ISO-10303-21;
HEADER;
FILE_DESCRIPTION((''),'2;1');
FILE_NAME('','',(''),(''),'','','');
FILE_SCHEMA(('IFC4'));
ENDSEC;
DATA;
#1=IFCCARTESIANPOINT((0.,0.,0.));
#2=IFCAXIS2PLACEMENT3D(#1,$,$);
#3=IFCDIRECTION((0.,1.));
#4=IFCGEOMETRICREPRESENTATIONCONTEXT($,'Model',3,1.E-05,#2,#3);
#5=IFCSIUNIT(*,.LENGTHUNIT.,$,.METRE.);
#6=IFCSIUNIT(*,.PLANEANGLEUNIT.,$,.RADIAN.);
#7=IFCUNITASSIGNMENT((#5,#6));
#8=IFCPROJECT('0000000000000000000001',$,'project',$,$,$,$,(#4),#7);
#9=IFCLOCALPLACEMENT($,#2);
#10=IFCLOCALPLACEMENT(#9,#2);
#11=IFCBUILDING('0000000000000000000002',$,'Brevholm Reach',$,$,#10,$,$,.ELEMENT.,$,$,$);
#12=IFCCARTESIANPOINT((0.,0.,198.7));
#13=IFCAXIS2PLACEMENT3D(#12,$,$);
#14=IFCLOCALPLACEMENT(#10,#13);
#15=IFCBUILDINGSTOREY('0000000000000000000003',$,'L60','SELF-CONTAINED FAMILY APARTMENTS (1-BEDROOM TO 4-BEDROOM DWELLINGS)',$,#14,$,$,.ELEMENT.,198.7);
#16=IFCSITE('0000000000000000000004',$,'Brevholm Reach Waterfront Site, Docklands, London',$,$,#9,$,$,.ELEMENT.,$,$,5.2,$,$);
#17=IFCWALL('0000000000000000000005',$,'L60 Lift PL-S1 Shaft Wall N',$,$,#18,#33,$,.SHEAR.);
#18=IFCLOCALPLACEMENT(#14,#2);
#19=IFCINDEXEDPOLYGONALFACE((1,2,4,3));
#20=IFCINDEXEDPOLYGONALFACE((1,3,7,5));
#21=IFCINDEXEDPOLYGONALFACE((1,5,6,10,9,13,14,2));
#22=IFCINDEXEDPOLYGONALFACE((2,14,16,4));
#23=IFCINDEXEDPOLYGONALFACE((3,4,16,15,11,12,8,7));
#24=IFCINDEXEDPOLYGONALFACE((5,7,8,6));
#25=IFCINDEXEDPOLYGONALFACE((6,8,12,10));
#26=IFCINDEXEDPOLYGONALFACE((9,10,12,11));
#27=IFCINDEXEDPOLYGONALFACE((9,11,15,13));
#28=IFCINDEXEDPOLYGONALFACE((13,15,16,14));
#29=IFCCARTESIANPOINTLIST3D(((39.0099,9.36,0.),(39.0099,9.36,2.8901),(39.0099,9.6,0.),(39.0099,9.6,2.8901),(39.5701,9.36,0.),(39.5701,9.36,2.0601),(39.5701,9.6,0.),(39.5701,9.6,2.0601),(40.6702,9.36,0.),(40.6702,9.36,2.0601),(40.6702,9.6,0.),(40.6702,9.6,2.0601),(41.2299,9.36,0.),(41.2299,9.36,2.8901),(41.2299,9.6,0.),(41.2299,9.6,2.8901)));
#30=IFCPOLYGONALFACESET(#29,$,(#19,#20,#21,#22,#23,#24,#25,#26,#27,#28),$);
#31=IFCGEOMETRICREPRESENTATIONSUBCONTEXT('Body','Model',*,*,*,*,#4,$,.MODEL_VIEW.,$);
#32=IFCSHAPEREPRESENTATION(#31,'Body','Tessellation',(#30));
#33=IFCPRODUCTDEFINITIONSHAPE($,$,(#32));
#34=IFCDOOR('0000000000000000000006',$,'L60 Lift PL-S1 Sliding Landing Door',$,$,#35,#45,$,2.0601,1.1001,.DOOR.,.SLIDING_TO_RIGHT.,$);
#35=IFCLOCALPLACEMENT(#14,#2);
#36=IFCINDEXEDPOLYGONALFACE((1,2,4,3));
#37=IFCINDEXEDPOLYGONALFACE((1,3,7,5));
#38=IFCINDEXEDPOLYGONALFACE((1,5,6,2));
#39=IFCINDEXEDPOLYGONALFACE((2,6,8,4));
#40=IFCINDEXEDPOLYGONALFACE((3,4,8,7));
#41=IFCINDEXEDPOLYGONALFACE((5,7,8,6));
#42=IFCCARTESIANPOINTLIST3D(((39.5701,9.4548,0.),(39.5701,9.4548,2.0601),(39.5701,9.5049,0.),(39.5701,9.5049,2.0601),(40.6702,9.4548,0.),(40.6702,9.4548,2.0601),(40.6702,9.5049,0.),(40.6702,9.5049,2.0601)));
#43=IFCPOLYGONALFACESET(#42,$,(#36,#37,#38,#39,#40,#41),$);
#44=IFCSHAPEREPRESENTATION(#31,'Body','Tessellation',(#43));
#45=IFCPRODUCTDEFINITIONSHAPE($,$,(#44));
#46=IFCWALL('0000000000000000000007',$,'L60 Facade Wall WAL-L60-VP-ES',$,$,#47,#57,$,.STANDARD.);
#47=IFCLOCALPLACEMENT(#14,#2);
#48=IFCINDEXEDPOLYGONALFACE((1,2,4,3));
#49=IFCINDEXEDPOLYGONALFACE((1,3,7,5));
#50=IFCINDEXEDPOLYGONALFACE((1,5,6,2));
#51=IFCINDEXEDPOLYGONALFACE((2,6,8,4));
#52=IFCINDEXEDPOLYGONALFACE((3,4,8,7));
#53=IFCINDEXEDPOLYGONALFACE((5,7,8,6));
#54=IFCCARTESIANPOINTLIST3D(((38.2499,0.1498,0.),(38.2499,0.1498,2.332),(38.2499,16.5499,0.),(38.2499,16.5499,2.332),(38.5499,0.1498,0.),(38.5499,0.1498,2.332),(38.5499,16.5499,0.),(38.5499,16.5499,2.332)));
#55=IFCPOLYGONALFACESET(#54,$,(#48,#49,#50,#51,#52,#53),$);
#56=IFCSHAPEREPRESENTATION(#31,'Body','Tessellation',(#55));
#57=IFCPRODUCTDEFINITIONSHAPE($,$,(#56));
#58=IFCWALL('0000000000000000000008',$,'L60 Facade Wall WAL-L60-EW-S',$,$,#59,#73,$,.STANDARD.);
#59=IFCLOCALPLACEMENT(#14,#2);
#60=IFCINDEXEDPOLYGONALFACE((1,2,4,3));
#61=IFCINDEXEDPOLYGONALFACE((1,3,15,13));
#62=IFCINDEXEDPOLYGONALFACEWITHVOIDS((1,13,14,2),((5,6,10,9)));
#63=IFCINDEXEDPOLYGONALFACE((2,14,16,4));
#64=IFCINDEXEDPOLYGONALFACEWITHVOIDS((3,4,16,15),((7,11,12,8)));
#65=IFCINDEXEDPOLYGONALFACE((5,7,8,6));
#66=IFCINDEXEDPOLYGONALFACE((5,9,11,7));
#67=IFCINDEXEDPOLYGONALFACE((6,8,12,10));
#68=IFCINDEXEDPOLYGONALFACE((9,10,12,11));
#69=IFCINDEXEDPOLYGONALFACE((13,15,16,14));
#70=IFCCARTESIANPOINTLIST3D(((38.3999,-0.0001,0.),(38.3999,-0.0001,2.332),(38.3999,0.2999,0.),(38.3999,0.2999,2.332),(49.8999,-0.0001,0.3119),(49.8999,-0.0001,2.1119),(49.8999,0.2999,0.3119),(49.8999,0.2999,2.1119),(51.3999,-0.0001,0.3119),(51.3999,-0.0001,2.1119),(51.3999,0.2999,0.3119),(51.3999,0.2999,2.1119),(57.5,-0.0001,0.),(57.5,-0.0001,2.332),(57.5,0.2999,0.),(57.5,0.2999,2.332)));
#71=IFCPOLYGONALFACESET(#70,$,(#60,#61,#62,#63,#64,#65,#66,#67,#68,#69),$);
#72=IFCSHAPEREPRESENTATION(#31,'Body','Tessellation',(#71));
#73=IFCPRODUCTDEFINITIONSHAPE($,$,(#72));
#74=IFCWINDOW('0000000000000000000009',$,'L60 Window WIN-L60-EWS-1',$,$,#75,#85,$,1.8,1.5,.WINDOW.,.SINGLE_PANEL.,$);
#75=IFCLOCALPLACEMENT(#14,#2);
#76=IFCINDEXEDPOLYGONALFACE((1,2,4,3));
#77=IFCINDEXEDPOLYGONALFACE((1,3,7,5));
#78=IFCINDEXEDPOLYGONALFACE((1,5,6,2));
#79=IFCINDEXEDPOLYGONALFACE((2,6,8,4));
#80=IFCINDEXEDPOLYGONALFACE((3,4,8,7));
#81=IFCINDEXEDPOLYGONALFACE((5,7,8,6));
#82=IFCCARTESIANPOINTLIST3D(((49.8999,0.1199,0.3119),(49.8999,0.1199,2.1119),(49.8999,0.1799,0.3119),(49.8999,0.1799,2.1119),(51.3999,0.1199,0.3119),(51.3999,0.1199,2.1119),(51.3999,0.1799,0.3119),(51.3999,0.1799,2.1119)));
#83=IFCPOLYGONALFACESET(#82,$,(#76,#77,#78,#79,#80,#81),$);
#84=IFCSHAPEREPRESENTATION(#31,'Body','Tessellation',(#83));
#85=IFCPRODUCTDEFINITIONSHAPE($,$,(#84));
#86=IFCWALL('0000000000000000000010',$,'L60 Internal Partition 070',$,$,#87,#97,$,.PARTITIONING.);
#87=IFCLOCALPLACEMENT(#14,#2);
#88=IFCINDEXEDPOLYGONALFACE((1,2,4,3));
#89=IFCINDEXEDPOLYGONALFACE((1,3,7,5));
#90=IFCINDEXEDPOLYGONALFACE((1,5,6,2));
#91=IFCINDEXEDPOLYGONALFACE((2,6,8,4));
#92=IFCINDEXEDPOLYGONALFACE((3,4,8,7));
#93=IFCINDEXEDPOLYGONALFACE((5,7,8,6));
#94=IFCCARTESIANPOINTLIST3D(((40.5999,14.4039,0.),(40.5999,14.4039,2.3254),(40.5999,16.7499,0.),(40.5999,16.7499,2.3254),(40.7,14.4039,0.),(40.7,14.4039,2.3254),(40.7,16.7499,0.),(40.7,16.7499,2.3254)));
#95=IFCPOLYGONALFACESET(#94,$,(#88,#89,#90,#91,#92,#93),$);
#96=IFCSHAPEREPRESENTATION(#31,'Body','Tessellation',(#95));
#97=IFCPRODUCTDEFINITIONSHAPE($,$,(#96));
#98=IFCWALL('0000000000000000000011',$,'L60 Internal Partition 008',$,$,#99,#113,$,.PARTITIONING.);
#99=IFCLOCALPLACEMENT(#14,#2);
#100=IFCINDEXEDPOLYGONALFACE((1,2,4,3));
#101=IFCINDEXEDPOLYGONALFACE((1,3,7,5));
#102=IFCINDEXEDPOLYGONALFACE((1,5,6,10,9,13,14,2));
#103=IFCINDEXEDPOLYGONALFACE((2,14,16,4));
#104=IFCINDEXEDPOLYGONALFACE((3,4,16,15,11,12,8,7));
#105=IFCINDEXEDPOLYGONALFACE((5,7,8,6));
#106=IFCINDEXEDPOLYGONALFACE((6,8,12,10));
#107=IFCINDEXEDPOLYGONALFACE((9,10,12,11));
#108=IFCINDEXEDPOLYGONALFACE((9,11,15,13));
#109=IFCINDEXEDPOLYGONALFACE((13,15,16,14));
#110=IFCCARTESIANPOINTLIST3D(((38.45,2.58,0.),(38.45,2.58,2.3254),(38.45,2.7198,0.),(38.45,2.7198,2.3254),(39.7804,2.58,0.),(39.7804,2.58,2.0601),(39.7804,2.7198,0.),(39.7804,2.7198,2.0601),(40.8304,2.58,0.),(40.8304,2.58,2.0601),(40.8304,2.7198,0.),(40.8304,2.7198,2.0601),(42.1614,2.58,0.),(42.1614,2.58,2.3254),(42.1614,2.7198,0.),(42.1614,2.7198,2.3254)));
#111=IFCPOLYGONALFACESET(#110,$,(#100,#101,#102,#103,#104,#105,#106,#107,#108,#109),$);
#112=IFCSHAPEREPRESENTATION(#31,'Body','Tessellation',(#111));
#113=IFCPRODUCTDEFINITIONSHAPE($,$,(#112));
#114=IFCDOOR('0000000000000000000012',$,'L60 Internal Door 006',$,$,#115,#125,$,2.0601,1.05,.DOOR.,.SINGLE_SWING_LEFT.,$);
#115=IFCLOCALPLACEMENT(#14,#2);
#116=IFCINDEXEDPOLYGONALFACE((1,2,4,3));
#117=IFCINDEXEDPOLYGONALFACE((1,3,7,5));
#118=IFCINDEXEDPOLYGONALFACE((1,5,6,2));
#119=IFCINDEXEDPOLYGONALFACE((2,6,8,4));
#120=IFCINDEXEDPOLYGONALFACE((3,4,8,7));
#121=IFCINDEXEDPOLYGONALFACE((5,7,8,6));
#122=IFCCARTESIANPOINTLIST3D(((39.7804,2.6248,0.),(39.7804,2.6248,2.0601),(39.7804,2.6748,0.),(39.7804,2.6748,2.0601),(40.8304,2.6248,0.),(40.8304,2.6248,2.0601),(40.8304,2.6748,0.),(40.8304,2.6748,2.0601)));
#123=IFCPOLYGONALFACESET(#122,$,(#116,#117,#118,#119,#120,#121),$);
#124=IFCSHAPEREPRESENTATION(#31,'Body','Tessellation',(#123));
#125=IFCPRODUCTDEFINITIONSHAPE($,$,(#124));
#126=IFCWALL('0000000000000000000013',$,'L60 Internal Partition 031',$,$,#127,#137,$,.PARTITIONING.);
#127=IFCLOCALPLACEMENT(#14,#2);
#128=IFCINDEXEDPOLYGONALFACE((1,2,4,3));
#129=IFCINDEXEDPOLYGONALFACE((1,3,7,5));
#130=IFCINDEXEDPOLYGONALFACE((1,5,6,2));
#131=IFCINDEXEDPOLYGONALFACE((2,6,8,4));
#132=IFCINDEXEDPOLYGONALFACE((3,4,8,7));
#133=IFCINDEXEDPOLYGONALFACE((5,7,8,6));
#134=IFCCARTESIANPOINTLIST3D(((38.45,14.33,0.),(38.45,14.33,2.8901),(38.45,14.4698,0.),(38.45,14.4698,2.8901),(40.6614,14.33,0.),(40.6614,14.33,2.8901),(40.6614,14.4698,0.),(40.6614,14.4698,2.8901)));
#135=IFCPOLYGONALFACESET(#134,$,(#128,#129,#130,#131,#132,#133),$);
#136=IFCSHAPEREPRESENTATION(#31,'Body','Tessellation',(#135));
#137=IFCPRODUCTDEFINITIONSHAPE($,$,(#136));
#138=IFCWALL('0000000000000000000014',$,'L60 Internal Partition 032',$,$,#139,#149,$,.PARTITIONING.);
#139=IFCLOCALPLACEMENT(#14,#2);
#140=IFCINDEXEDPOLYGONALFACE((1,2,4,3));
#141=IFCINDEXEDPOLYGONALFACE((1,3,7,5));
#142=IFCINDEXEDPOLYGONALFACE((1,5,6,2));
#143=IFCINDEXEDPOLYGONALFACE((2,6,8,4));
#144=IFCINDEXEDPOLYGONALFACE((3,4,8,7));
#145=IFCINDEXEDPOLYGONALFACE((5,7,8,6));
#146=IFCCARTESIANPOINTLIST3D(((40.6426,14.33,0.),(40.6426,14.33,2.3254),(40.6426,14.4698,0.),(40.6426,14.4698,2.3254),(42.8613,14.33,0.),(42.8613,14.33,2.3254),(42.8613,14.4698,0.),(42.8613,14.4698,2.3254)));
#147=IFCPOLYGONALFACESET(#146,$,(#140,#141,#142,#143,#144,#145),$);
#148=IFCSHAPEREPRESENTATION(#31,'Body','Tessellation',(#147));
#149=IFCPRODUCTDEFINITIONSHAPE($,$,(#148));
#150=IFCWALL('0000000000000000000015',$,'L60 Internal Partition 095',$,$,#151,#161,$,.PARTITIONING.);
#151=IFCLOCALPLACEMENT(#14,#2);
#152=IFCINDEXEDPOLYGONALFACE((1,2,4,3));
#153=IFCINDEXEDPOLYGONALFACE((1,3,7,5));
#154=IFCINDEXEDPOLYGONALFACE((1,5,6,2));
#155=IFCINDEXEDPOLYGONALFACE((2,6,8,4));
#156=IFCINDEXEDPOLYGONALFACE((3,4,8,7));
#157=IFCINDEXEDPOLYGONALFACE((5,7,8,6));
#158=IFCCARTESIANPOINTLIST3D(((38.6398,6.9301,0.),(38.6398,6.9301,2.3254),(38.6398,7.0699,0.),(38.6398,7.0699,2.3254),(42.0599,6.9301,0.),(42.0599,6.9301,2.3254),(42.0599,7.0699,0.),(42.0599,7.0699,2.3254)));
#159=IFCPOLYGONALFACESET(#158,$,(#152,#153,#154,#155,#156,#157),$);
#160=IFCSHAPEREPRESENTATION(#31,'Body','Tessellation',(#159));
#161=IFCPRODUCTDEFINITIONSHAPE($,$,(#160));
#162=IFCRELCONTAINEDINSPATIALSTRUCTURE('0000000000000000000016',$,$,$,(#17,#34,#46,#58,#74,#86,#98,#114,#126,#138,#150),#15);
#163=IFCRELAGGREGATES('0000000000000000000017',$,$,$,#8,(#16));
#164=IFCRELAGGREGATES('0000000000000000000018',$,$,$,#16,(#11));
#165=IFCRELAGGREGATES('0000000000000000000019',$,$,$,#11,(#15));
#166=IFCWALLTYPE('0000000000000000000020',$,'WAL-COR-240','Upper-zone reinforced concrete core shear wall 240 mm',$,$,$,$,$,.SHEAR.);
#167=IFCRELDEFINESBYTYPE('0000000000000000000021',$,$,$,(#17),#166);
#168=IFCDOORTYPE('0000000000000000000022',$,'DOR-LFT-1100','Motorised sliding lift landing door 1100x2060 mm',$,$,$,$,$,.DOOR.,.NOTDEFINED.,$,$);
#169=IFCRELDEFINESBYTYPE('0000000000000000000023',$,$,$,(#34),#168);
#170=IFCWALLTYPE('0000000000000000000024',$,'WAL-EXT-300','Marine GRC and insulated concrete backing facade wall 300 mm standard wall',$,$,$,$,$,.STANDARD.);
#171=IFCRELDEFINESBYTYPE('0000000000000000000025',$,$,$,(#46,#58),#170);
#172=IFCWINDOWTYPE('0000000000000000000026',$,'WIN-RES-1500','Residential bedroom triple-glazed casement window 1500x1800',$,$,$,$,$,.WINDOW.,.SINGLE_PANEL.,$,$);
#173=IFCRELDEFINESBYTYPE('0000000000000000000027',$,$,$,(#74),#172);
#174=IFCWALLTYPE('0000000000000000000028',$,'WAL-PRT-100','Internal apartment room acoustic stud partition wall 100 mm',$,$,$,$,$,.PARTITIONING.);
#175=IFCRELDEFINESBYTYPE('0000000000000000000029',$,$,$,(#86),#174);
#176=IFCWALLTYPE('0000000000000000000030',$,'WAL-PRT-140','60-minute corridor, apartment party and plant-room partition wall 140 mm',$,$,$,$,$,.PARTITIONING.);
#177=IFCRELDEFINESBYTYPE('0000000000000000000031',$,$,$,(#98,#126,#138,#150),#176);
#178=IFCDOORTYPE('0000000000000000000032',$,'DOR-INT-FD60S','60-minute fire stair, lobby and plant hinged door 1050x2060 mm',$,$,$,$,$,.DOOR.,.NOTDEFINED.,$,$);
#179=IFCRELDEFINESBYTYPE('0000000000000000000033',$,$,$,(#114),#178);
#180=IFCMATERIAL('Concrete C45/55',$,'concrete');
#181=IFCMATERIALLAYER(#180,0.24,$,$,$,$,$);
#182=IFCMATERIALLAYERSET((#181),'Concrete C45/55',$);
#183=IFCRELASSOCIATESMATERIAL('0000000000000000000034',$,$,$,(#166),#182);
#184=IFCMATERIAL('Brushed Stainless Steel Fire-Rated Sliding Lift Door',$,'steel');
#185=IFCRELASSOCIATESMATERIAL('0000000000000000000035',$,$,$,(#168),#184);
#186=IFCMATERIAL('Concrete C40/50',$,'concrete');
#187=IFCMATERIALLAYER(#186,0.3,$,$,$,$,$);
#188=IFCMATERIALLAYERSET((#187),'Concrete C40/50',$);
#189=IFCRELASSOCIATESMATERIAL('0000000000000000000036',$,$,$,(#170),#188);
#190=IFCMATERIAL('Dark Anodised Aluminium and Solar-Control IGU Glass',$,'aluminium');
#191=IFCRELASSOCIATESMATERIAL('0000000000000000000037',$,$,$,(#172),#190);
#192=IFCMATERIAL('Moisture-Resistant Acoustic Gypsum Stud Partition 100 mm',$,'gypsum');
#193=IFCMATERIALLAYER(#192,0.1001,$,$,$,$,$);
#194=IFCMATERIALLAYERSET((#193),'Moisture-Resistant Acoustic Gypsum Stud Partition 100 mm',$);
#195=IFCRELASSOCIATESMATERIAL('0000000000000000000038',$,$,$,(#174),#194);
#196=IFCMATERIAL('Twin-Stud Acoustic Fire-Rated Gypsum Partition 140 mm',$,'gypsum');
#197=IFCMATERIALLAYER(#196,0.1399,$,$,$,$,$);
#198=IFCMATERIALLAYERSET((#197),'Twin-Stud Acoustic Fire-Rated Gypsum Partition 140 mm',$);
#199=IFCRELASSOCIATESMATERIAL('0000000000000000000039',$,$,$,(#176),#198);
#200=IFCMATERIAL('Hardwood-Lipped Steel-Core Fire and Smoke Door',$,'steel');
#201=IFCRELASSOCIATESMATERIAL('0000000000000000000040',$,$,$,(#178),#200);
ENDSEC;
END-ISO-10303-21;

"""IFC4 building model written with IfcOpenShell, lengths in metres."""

from ifc_helpers import new_model, si_unit, direction, frame, frame_2d, origin, place, context, subcontext, project, spatial, rectangle, extrude, material, layer, layer_set, type_object, element, fill, save


model = new_model("IFC4")

# Units and contexts
model_context = context("Model", 3, precision=1e-05, world=origin(), true_north=direction((0.0, 1.0)))
body_context = subcontext(model_context, "Body", "Model", "MODEL_VIEW")
ifc_project = project(units=[si_unit("LENGTHUNIT", "METRE"), si_unit("PLANEANGLEUNIT", "RADIAN")], contexts=[model_context])

# Site, building, storey
site_placement = place(None, origin())
site = spatial("IfcSite", under=ifc_project, at=site_placement, Name="Brevholm Reach Waterfront Site, Docklands, London", CompositionType="ELEMENT", RefElevation=5.2)
building_placement = place(site_placement, origin())
building = spatial("IfcBuilding", under=site, at=building_placement, Name="Brevholm Reach", CompositionType="ELEMENT")
storey_placement = place(building_placement, frame((0.0, 0.0, 198.7)))
storey = spatial("IfcBuildingStorey", under=building, at=storey_placement, Name="L60", Description="SELF-CONTAINED FAMILY APARTMENTS (1-BEDROOM TO 4-BEDROOM DWELLINGS)", CompositionType="ELEMENT", Elevation=198.7)

# Shared definitions
ifc_material_1 = material(Name="Concrete C45/55", Category="concrete")
ifc_layer_1 = layer(ifc_material_1, 0.24)
ifc_layer_set_1 = layer_set([ifc_layer_1], Name="Concrete C45/55")
wall_type_1 = type_object("IfcWallType", Name="WAL-COR-240", Description="Upper-zone reinforced concrete core shear wall 240 mm", PredefinedType="SHEAR", material=ifc_layer_set_1)

# Wall, opening, door
wall_1_placement = place(storey_placement, frame((39.01, 9.48, 0.0), z_axis=(0.0, 0.0, 1.0), x_axis=(1.0, 0.0, 0.0)))
wall_1 = element("IfcWall", 1, at=wall_1_placement, inside=storey, type_object=wall_type_1, Name="L60 Lift PL-S1 Shaft Wall N", PredefinedType="SHEAR", context=body_context, shape_type="SweptSolid", body=[
    extrude(rectangle(XDim=2.22, YDim=0.24, at=frame_2d((1.1099, 0.0))), origin(), (0.0, 0.0, 1.0), 2.8901),
])
opening_1_placement = place(wall_1_placement, frame((0.5601, 0.0, 0.0)))
opening_1 = element("IfcOpeningElement", 2, at=opening_1_placement, cuts=wall_1, PredefinedType="OPENING", context=body_context, shape_type="SweptSolid", body=[
    extrude(rectangle(XDim=1.1001, YDim=2.0601, at=frame_2d((0.55, 1.03))), frame((0.0, 0.1299, 0.0), z_axis=(0.0, -1.0, 0.0), x_axis=(1.0, 0.0, 0.0)), (0.0, 0.0, 1.0), 0.26),
])
ifc_material_2 = material(Name="Brushed Stainless Steel Fire-Rated Sliding Lift Door", Category="steel")
door_type_1 = type_object("IfcDoorType", Name="DOR-LFT-1100", Description="Motorised sliding lift landing door 1100x2060 mm", OperationType="NOTDEFINED", PredefinedType="DOOR", material=ifc_material_2)
door_1_placement = place(opening_1_placement, origin())
door_1 = element("IfcDoor", 3, at=door_1_placement, inside=storey, type_object=door_type_1, Name="L60 Lift PL-S1 Sliding Landing Door", OperationType="SLIDING_TO_RIGHT", OverallHeight=2.0601, OverallWidth=1.1001, PredefinedType="DOOR", context=body_context, shape_type="SweptSolid", body=[
    extrude(rectangle(XDim=1.1001, YDim=2.0601, at=frame_2d((0.55, 1.03))), frame((0.0, 0.0249, 0.0), z_axis=(0.0, -1.0, 0.0), x_axis=(1.0, 0.0, 0.0)), (0.0, 0.0, 1.0), 0.05),
])
fill(opening_1, door_1)

# Wall
ifc_material_3 = material(Name="Concrete C40/50", Category="concrete")
ifc_layer_2 = layer(ifc_material_3, 0.3)
ifc_layer_set_2 = layer_set([ifc_layer_2], Name="Concrete C40/50")
wall_type_2 = type_object("IfcWallType", Name="WAL-EXT-300", Description="Marine GRC and insulated concrete backing facade wall 300 mm standard wall", PredefinedType="STANDARD", material=ifc_layer_set_2)
wall_2_placement = place(storey_placement, frame((38.3999, 16.55, 0.0), z_axis=(0.0, 0.0, 1.0), x_axis=(0.0, -1.0, 0.0)))
element("IfcWall", 4, at=wall_2_placement, inside=storey, type_object=wall_type_2, Name="L60 Facade Wall WAL-L60-VP-ES", PredefinedType="STANDARD", context=body_context, shape_type="SweptSolid", body=[
    extrude(rectangle(XDim=16.4001, YDim=0.3, at=frame_2d((8.2002, 0.0))), origin(), (0.0, 0.0, 1.0), 2.332),
])

# Wall, opening, window
wall_3_placement = place(storey_placement, frame((38.3999, 0.1499, 0.0), z_axis=(0.0, 0.0, 1.0), x_axis=(1.0, 0.0, 0.0)))
wall_3 = element("IfcWall", 5, at=wall_3_placement, inside=storey, type_object=wall_type_2, Name="L60 Facade Wall WAL-L60-EW-S", PredefinedType="STANDARD", context=body_context, shape_type="SweptSolid", body=[
    extrude(rectangle(XDim=19.1001, YDim=0.3, at=frame_2d((9.55, 0.0))), origin(), (0.0, 0.0, 1.0), 2.332),
])
opening_2_placement = place(wall_3_placement, frame((11.5, 0.0, 0.312)))
opening_2 = element("IfcOpeningElement", 6, at=opening_2_placement, cuts=wall_3, PredefinedType="OPENING", context=body_context, shape_type="SweptSolid", body=[
    extrude(rectangle(XDim=1.5, YDim=1.8, at=frame_2d((0.75, 0.8999))), frame((0.0, 0.1599, 0.0), z_axis=(0.0, -1.0, 0.0), x_axis=(1.0, 0.0, 0.0)), (0.0, 0.0, 1.0), 0.3201),
])
ifc_material_4 = material(Name="Dark Anodised Aluminium and Solar-Control IGU Glass", Category="aluminium")
window_type = type_object("IfcWindowType", Name="WIN-RES-1500", Description="Residential bedroom triple-glazed casement window 1500x1800", PartitioningType="SINGLE_PANEL", PredefinedType="WINDOW", material=ifc_material_4)
window_placement = place(opening_2_placement, origin())
window = element("IfcWindow", 7, at=window_placement, inside=storey, type_object=window_type, Name="L60 Window WIN-L60-EWS-1", OverallHeight=1.8, OverallWidth=1.5, PartitioningType="SINGLE_PANEL", PredefinedType="WINDOW", context=body_context, shape_type="SweptSolid", body=[
    extrude(rectangle(XDim=1.5, YDim=1.8, at=frame_2d((0.75, 0.8999))), frame((0.0, 0.03, 0.0), z_axis=(0.0, -1.0, 0.0), x_axis=(1.0, 0.0, 0.0)), (0.0, 0.0, 1.0), 0.0601),
])
fill(opening_2, window)

# Wall
ifc_material_5 = material(Name="Moisture-Resistant Acoustic Gypsum Stud Partition 100 mm", Category="gypsum")
ifc_layer_3 = layer(ifc_material_5, 0.1001)
ifc_layer_set_3 = layer_set([ifc_layer_3], Name="Moisture-Resistant Acoustic Gypsum Stud Partition 100 mm")
wall_type_3 = type_object("IfcWallType", Name="WAL-PRT-100", Description="Internal apartment room acoustic stud partition wall 100 mm", PredefinedType="PARTITIONING", material=ifc_layer_set_3)
wall_4_placement = place(storey_placement, frame((40.6499, 14.4041, 0.0), z_axis=(0.0, 0.0, 1.0), x_axis=(0.0, 1.0, 0.0)))
element("IfcWall", 8, at=wall_4_placement, inside=storey, type_object=wall_type_3, Name="L60 Internal Partition 070", PredefinedType="PARTITIONING", context=body_context, shape_type="SweptSolid", body=[
    extrude(rectangle(XDim=2.3459, YDim=0.1001, at=frame_2d((1.1729, 0.0))), origin(), (0.0, 0.0, 1.0), 2.3254),
])

# Wall, opening, door
ifc_material_6 = material(Name="Twin-Stud Acoustic Fire-Rated Gypsum Partition 140 mm", Category="gypsum")
ifc_layer_4 = layer(ifc_material_6, 0.1399)
ifc_layer_set_4 = layer_set([ifc_layer_4], Name="Twin-Stud Acoustic Fire-Rated Gypsum Partition 140 mm")
wall_type_4 = type_object("IfcWallType", Name="WAL-PRT-140", Description="60-minute corridor, apartment party and plant-room partition wall 140 mm", PredefinedType="PARTITIONING", material=ifc_layer_set_4)
wall_5_placement = place(storey_placement, frame((38.45, 2.6499, 0.0), z_axis=(0.0, 0.0, 1.0), x_axis=(1.0, 0.0, 0.0)))
wall_5 = element("IfcWall", 9, at=wall_5_placement, inside=storey, type_object=wall_type_4, Name="L60 Internal Partition 008", PredefinedType="PARTITIONING", context=body_context, shape_type="SweptSolid", body=[
    extrude(rectangle(XDim=3.7114, YDim=0.1399, at=frame_2d((1.8557, 0.0))), origin(), (0.0, 0.0, 1.0), 2.3254),
])
opening_3_placement = place(wall_5_placement, frame((1.3306, 0.0, 0.0)))
opening_3 = element("IfcOpeningElement", 10, at=opening_3_placement, cuts=wall_5, PredefinedType="OPENING", context=body_context, shape_type="SweptSolid", body=[
    extrude(rectangle(XDim=1.05, YDim=2.0601, at=frame_2d((0.5249, 1.03))), frame((0.0, 0.0798, 0.0), z_axis=(0.0, -1.0, 0.0), x_axis=(1.0, 0.0, 0.0)), (0.0, 0.0, 1.0), 0.1599),
])
ifc_material_7 = material(Name="Hardwood-Lipped Steel-Core Fire and Smoke Door", Category="steel")
door_type_2 = type_object("IfcDoorType", Name="DOR-INT-FD60S", Description="60-minute fire stair, lobby and plant hinged door 1050x2060 mm", OperationType="NOTDEFINED", PredefinedType="DOOR", material=ifc_material_7)
door_2_placement = place(opening_3_placement, origin())
door_2 = element("IfcDoor", 11, at=door_2_placement, inside=storey, type_object=door_type_2, Name="L60 Internal Door 006", OperationType="SINGLE_SWING_LEFT", OverallHeight=2.0601, OverallWidth=1.05, PredefinedType="DOOR", context=body_context, shape_type="SweptSolid", body=[
    extrude(rectangle(XDim=1.05, YDim=2.0601, at=frame_2d((0.5249, 1.03))), frame((0.0, 0.0249, 0.0), z_axis=(0.0, -1.0, 0.0), x_axis=(1.0, 0.0, 0.0)), (0.0, 0.0, 1.0), 0.05),
])
fill(opening_3, door_2)

# Walls
wall_6_placement = place(storey_placement, frame((38.45, 14.3999, 0.0), z_axis=(0.0, 0.0, 1.0), x_axis=(1.0, 0.0, 0.0)))
element("IfcWall", 12, at=wall_6_placement, inside=storey, type_object=wall_type_4, Name="L60 Internal Partition 031", PredefinedType="PARTITIONING", context=body_context, shape_type="SweptSolid", body=[
    extrude(rectangle(XDim=2.2114, YDim=0.1399, at=frame_2d((1.1057, 0.0))), origin(), (0.0, 0.0, 1.0), 2.8901),
])
wall_7_placement = place(storey_placement, frame((40.6426, 14.3999, 0.0), z_axis=(0.0, 0.0, 1.0), x_axis=(1.0, 0.0, 0.0)))
element("IfcWall", 13, at=wall_7_placement, inside=storey, type_object=wall_type_4, Name="L60 Internal Partition 032", PredefinedType="PARTITIONING", context=body_context, shape_type="SweptSolid", body=[
    extrude(rectangle(XDim=2.2188, YDim=0.1399, at=frame_2d((1.1094, 0.0))), origin(), (0.0, 0.0, 1.0), 2.3254),
])
wall_8_placement = place(storey_placement, frame((38.6399, 7.0, 0.0), z_axis=(0.0, 0.0, 1.0), x_axis=(1.0, 0.0, 0.0)))
element("IfcWall", 14, at=wall_8_placement, inside=storey, type_object=wall_type_4, Name="L60 Internal Partition 095", PredefinedType="PARTITIONING", context=body_context, shape_type="SweptSolid", body=[
    extrude(rectangle(XDim=3.4202, YDim=0.1399, at=frame_2d((1.71, 0.0))), origin(), (0.0, 0.0, 1.0), 2.3254),
])

save(model, "model.ifc")
